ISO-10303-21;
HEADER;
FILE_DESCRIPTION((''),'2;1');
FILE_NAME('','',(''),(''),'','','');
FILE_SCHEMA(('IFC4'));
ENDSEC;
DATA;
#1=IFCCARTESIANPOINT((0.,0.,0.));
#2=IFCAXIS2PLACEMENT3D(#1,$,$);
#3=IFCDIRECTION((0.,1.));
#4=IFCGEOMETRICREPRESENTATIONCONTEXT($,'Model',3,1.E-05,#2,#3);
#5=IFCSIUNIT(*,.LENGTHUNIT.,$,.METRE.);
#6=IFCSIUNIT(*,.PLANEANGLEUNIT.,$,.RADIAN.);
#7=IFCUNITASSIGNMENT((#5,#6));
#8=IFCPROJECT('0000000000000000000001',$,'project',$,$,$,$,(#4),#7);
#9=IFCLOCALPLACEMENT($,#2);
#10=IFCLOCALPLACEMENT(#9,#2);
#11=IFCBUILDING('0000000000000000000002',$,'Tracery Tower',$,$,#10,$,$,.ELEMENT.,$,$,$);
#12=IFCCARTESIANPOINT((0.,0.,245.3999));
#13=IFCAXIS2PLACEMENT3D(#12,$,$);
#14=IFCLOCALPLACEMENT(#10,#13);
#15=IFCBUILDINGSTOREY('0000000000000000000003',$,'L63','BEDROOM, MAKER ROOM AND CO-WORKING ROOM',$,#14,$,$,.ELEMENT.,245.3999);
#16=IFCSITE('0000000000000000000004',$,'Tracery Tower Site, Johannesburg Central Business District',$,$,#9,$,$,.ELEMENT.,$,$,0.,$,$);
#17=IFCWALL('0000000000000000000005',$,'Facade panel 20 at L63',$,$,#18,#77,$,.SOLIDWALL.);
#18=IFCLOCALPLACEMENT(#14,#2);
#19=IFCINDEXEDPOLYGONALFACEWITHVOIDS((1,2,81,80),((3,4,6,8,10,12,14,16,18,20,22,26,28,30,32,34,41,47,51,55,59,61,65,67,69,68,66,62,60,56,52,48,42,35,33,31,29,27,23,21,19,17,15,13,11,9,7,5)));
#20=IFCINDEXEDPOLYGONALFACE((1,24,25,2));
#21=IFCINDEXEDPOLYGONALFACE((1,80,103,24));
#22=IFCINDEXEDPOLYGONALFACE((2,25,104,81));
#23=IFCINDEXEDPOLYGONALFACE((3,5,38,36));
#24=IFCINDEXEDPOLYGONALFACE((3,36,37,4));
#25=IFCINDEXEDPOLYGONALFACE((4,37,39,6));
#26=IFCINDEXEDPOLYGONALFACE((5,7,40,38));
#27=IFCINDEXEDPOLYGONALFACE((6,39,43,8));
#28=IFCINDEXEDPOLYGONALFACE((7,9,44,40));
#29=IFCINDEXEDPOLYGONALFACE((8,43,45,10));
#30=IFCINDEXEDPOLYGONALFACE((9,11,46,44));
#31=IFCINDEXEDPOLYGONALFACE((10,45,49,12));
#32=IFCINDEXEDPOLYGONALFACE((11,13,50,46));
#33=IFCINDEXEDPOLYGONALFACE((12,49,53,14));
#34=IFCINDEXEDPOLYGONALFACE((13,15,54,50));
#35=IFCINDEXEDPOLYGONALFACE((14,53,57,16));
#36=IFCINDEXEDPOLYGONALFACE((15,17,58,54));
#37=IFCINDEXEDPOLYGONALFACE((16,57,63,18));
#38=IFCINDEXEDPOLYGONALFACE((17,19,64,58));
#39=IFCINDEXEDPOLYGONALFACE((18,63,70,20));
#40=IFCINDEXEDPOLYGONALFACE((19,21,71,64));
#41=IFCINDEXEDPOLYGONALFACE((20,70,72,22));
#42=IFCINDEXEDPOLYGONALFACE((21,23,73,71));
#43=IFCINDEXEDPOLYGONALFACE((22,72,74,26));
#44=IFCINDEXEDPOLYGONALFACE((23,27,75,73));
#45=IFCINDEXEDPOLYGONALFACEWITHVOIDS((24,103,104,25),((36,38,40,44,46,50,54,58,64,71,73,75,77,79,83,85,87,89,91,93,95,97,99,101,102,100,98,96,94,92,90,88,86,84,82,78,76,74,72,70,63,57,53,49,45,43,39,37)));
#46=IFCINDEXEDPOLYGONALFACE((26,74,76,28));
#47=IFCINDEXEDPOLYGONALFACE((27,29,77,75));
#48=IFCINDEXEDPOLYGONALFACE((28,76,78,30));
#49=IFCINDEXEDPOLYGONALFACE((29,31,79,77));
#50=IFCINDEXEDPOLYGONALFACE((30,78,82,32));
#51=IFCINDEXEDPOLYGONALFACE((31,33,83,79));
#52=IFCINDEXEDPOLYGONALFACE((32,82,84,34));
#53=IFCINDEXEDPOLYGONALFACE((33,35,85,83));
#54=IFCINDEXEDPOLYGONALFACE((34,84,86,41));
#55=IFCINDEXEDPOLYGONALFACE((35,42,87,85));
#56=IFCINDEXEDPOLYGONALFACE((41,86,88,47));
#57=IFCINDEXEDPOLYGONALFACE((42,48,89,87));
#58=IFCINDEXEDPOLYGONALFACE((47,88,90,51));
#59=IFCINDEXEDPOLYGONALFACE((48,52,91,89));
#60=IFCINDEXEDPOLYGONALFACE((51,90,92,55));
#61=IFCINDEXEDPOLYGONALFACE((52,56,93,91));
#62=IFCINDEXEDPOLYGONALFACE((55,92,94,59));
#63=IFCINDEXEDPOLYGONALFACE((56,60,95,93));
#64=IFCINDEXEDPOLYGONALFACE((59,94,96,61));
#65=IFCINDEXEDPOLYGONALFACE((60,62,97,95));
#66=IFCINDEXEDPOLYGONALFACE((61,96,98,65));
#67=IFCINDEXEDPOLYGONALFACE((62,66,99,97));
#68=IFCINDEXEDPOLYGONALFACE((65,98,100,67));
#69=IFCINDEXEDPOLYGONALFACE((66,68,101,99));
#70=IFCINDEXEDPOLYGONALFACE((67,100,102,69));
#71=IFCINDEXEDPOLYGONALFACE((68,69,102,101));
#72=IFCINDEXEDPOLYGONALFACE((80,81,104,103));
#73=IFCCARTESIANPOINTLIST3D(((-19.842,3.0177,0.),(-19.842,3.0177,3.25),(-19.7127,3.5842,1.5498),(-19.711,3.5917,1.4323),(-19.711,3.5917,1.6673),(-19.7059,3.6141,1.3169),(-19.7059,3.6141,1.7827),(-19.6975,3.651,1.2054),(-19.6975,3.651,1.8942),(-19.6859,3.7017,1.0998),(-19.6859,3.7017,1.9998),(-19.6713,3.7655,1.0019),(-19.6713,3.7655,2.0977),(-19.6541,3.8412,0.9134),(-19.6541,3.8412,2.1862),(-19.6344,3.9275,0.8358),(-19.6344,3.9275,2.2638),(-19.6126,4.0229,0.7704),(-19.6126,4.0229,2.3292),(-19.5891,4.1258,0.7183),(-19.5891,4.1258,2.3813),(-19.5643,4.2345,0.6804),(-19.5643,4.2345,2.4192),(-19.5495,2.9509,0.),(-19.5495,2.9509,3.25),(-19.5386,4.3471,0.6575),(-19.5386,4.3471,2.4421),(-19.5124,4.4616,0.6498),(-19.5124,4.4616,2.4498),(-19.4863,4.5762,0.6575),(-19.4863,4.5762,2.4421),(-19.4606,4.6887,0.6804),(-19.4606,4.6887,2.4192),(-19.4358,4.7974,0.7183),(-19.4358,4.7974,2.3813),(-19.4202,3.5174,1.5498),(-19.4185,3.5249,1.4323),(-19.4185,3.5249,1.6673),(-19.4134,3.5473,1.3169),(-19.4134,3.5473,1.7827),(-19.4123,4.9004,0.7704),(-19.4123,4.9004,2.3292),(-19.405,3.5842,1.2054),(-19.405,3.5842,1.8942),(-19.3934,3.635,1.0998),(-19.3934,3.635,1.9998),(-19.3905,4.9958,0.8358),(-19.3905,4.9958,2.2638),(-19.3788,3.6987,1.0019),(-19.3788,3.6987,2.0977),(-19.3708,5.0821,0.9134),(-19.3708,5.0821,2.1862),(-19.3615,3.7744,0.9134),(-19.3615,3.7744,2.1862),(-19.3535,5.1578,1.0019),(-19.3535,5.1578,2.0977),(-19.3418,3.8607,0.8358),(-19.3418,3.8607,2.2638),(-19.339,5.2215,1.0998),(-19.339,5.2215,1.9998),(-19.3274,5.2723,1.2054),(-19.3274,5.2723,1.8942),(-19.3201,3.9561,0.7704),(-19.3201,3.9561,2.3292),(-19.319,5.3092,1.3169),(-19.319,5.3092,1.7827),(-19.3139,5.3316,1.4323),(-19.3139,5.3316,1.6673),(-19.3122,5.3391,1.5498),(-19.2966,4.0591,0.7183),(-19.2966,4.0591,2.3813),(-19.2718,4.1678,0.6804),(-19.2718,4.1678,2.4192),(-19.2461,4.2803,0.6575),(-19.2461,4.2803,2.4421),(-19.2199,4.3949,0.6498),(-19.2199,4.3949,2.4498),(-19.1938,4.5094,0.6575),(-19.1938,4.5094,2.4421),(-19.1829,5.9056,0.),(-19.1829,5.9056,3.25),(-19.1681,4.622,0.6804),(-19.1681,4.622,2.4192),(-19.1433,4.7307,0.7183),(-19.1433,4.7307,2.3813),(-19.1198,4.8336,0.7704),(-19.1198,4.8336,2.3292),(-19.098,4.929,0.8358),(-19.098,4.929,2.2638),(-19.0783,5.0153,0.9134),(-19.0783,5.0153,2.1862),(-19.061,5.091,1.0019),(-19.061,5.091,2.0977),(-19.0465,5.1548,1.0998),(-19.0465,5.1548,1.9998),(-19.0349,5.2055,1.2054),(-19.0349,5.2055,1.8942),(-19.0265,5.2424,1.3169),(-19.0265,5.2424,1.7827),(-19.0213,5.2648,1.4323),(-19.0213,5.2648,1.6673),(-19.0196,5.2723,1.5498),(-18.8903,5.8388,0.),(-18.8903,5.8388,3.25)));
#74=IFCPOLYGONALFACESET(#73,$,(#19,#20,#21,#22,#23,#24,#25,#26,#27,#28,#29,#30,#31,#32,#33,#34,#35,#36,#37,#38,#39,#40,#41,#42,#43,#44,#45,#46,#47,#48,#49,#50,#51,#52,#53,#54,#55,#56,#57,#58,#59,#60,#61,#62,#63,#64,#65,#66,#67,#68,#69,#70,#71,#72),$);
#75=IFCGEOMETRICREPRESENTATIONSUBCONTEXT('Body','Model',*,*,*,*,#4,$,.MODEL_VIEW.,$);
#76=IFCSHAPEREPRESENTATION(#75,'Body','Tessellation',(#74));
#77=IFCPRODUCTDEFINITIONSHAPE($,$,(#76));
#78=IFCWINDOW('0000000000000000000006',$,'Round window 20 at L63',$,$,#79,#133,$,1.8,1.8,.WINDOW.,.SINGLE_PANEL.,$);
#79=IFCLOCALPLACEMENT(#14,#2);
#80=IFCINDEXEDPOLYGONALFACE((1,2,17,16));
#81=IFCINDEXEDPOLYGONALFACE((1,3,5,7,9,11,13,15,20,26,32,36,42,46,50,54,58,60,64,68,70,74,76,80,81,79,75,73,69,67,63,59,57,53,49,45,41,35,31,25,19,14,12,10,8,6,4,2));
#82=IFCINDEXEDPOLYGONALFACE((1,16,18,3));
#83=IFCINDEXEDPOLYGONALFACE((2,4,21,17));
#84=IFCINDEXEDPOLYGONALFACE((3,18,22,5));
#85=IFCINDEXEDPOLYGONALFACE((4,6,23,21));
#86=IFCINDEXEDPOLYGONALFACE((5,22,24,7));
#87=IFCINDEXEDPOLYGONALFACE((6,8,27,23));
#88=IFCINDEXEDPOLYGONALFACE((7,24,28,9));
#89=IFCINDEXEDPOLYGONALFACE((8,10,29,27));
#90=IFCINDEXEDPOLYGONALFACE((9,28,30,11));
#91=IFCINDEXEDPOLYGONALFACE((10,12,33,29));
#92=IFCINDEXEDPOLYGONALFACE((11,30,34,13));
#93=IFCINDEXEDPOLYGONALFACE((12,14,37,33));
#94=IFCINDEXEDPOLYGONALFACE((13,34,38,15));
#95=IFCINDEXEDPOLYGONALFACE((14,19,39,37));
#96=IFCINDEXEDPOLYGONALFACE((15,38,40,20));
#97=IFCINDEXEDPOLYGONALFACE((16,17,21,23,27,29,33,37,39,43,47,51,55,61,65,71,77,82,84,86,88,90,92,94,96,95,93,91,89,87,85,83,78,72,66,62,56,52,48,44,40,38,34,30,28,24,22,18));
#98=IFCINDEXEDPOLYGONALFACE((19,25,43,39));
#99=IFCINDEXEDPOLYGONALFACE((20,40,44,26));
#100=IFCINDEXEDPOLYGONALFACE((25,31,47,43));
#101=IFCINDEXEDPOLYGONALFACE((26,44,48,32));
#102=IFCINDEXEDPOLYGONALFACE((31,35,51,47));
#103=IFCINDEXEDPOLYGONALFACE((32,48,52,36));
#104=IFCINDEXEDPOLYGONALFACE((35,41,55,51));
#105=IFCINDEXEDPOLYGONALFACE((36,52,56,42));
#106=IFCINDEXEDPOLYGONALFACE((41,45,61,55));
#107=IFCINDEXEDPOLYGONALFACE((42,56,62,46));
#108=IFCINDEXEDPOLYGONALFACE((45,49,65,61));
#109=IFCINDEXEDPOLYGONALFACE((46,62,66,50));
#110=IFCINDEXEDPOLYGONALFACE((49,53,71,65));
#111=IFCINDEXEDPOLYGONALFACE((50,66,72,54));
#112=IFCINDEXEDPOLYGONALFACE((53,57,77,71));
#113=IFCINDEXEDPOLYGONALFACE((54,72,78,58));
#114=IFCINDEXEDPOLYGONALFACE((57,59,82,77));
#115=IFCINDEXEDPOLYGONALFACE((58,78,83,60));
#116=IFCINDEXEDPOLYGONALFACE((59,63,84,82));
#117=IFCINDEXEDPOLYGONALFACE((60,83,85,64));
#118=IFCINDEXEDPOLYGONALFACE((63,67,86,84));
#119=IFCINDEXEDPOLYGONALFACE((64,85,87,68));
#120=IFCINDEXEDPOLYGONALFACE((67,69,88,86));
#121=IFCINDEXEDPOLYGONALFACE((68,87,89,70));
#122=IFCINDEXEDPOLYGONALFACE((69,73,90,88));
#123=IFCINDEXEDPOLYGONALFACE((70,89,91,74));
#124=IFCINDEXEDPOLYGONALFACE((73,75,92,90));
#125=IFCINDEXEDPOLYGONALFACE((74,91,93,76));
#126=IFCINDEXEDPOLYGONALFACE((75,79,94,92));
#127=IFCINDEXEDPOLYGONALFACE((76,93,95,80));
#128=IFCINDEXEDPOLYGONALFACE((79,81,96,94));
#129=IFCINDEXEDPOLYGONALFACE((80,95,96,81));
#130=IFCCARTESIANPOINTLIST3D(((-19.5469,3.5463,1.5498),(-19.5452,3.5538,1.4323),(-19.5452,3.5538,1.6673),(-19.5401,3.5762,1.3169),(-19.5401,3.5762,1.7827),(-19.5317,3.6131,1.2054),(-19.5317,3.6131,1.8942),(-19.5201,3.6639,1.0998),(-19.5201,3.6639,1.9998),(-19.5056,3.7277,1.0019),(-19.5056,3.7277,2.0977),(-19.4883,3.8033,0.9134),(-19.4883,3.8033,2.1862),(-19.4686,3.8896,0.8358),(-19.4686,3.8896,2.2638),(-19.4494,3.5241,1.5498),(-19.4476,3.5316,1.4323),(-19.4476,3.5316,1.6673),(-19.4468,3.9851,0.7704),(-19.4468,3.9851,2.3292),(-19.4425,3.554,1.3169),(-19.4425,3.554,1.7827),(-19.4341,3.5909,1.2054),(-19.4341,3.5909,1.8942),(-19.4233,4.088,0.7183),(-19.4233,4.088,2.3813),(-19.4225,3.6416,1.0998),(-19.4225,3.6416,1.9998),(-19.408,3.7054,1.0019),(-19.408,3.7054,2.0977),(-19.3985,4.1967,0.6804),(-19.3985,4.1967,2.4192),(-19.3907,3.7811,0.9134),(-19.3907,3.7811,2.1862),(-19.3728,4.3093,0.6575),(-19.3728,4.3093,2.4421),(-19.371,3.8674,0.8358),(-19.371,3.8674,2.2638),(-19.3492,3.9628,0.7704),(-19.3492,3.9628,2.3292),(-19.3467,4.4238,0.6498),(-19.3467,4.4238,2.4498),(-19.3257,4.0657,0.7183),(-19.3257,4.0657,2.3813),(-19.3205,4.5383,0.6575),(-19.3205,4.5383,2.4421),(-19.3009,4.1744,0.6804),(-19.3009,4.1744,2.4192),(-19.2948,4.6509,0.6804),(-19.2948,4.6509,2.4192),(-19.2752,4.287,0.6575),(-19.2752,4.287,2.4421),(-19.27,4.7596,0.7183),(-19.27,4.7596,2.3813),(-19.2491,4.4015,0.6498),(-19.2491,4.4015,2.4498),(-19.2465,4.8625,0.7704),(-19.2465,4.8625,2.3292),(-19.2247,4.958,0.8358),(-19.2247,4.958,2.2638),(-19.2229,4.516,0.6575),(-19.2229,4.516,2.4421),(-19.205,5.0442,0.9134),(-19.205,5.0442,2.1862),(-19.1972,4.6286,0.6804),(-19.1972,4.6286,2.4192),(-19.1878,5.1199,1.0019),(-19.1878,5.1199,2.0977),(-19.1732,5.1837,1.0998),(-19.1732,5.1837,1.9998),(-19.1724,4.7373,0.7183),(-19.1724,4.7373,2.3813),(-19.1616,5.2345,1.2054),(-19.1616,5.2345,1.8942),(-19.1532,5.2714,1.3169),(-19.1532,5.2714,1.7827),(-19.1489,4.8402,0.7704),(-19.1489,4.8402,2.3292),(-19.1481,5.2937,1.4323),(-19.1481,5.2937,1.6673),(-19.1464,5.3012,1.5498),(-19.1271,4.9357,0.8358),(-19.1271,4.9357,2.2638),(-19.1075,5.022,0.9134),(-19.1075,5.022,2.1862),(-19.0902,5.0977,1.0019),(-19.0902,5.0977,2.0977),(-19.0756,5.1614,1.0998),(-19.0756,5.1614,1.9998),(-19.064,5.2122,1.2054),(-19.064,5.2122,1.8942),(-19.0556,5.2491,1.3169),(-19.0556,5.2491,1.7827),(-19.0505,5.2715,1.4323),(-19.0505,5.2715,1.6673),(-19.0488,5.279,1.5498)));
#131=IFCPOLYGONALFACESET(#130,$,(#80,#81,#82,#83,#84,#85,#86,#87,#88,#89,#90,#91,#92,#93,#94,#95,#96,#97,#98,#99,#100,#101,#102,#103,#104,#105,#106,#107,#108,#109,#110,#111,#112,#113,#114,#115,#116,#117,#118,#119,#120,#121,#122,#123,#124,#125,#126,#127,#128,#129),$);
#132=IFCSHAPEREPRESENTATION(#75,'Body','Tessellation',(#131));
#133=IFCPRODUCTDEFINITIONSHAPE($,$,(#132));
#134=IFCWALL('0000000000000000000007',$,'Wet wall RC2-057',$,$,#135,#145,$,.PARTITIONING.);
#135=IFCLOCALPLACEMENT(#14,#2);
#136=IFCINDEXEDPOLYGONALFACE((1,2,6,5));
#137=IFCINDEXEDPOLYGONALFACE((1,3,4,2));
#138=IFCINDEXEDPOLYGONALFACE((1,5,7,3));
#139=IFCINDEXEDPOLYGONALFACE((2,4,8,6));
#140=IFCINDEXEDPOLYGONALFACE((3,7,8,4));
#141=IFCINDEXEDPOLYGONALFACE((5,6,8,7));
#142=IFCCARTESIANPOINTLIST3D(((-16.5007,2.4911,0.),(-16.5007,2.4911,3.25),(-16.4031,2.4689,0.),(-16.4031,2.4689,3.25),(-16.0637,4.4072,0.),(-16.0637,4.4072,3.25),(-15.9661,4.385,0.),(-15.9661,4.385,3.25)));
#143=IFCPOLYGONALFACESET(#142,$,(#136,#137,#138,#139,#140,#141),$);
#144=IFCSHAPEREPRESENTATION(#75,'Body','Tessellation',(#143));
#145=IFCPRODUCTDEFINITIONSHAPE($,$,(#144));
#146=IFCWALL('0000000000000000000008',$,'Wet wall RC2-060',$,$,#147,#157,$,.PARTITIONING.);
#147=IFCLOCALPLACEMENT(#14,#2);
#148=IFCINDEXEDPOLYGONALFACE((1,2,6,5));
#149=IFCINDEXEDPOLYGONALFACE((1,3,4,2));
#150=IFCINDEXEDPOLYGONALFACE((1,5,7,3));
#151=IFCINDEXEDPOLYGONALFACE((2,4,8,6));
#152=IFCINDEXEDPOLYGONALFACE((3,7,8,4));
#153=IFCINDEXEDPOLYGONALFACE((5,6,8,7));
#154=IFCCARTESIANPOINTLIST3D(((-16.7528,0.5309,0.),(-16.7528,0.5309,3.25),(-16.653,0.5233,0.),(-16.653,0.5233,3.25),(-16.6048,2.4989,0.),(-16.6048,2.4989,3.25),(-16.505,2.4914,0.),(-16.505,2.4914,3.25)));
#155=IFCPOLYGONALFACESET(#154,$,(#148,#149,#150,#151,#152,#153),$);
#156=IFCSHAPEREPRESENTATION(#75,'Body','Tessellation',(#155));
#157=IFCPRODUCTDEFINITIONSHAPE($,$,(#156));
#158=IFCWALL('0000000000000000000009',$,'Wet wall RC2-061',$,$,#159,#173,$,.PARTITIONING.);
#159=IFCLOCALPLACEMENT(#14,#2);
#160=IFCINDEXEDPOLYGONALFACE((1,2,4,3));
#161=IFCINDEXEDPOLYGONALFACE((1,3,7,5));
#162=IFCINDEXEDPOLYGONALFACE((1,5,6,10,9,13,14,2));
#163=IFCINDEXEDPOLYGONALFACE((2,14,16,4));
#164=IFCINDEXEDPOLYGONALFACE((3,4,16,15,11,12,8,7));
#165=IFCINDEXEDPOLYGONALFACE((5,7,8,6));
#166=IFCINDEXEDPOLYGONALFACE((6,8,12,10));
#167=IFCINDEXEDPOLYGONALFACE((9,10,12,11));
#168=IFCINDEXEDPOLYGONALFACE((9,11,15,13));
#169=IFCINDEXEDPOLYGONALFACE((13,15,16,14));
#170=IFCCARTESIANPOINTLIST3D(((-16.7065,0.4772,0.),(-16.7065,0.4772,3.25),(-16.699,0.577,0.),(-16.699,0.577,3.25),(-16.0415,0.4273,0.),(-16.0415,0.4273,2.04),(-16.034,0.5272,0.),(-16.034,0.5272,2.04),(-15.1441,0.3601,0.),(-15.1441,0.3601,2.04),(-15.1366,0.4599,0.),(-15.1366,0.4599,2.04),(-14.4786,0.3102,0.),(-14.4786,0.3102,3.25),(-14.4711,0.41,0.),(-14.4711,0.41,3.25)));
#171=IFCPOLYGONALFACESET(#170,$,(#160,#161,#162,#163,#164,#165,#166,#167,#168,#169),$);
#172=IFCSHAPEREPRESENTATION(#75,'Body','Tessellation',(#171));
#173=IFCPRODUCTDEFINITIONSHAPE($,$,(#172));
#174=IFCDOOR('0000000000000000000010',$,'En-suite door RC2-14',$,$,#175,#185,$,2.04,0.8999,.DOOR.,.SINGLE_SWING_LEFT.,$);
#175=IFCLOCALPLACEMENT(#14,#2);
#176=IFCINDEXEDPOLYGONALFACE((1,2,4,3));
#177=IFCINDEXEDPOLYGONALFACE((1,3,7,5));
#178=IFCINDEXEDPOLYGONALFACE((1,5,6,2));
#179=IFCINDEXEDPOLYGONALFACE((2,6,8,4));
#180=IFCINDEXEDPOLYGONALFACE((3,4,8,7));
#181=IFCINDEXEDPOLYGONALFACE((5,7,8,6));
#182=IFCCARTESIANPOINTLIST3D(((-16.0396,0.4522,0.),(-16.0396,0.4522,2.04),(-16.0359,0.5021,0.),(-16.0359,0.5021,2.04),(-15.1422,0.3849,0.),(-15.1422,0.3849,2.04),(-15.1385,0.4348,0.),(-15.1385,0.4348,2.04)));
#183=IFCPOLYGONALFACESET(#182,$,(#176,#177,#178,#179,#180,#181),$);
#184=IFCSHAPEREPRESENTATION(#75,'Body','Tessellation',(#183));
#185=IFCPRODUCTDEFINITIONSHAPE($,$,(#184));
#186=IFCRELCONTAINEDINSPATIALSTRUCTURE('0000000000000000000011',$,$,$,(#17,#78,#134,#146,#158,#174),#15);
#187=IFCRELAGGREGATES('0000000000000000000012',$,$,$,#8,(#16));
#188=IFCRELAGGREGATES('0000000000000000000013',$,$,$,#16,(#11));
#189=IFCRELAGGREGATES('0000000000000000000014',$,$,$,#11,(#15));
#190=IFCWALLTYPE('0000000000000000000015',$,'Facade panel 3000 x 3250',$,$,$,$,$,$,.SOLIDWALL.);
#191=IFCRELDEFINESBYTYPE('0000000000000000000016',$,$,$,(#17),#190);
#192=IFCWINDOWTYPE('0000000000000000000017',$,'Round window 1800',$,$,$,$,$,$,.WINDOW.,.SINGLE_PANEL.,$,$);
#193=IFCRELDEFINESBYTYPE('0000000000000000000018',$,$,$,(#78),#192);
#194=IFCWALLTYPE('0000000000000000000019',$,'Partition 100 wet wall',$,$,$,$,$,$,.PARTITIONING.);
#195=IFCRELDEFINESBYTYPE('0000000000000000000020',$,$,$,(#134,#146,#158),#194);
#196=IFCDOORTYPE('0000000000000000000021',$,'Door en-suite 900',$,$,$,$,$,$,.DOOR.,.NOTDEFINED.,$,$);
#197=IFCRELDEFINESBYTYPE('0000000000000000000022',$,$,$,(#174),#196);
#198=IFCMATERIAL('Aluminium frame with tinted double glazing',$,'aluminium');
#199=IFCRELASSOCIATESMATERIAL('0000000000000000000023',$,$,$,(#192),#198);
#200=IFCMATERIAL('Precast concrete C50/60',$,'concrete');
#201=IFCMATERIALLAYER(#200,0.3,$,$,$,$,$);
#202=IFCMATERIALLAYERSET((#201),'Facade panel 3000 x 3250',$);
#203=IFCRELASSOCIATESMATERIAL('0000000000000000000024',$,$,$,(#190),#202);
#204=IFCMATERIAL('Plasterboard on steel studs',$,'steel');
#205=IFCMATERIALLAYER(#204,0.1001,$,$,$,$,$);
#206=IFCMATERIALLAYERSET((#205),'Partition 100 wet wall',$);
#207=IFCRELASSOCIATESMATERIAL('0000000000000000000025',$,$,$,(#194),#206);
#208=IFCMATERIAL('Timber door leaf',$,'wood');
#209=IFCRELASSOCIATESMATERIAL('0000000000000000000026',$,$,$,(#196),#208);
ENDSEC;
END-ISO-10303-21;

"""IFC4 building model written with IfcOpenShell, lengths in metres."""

from ifc_helpers import new_model, si_unit, direction, frame, frame_2d, origin, origin_2d, place, context, subcontext, project, spatial, rectangle, circle, extrude, material, layer, layer_set, type_object, element, fill, save


model = new_model("IFC4")

# Units and contexts
model_context = context("Model", 3, precision=1e-05, world=origin(), true_north=direction((0.0, 1.0)))
body_context = subcontext(model_context, "Body", "Model", "MODEL_VIEW")
ifc_project = project(units=[si_unit("LENGTHUNIT", "METRE"), si_unit("PLANEANGLEUNIT", "RADIAN")], contexts=[model_context])

# Site, building, storey
site_placement = place(None, origin())
site = spatial("IfcSite", under=ifc_project, at=site_placement, Name="Tracery Tower Site, Johannesburg Central Business District", CompositionType="ELEMENT", RefElevation=0.0)
building_placement = place(site_placement, origin())
building = spatial("IfcBuilding", under=site, at=building_placement, Name="Tracery Tower", CompositionType="ELEMENT")
storey_placement = place(building_placement, frame((0.0, 0.0, 245.3999)))
storey = spatial("IfcBuildingStorey", under=building, at=storey_placement, Name="L63", Description="BEDROOM, MAKER ROOM AND CO-WORKING ROOM", CompositionType="ELEMENT", Elevation=245.3999)

# Wall, opening, window
ifc_material_1 = material(Name="Aluminium frame with tinted double glazing", Category="aluminium")
window_type = type_object("IfcWindowType", Name="Round window 1800", PartitioningType="SINGLE_PANEL", PredefinedType="WINDOW", material=ifc_material_1)
ifc_material_2 = material(Name="Precast concrete C50/60", Category="concrete")
ifc_layer_1 = layer(ifc_material_2, 0.3)
ifc_layer_set_1 = layer_set([ifc_layer_1], Name="Facade panel 3000 x 3250")
wall_type_1 = type_object("IfcWallType", Name="Facade panel 3000 x 3250", PredefinedType="SOLIDWALL", material=ifc_layer_set_1)
wall_1_placement = place(storey_placement, frame((-19.0366, 5.8721, 0.0), z_axis=(0.0, 0.0, 1.0), x_axis=(-0.222529, -0.974926, 0.0)))
wall_1 = element("IfcWall", 1, at=wall_1_placement, inside=storey, type_object=wall_type_1, Name="Facade panel 20 at L63", PredefinedType="SOLIDWALL", context=body_context, shape_type="SweptSolid", body=[
    extrude(rectangle(XDim=2.9622, YDim=0.3, at=frame_2d((1.481, 0.0))), origin(), (0.0, 0.0, 1.0), 3.25),
])
opening_1_placement = place(wall_1_placement, frame((1.481, 0.0, 1.5498)))
opening_1 = element("IfcOpeningElement", 2, at=opening_1_placement, cuts=wall_1, PredefinedType="OPENING", context=body_context, shape_type="SweptSolid", body=[
    extrude(circle(Radius=0.9, at=origin_2d()), frame((0.0, 0.1599, 0.0), z_axis=(0.0, -1.0, 0.0), x_axis=(1.0, 0.0, 0.0)), (0.0, 0.0, 1.0), 0.3201),
])
window_1_placement = place(opening_1_placement, origin())
window_1 = element("IfcWindow", 3, at=window_1_placement, inside=storey, type_object=window_type, Name="Round window 20 at L63", OverallHeight=1.8, OverallWidth=1.8, PartitioningType="SINGLE_PANEL", PredefinedType="WINDOW", context=body_context, shape_type="SweptSolid", body=[
    extrude(circle(Radius=0.9, at=origin_2d()), frame((0.0, 0.1201, 0.0), z_axis=(0.0, -1.0, 0.0), x_axis=(1.0, 0.0, 0.0)), (0.0, 0.0, 1.0), 0.1001),
])
fill(opening_1, window_1)

# Walls
ifc_material_3 = material(Name="Plasterboard on steel studs", Category="steel")
ifc_layer_2 = layer(ifc_material_3, 0.1001)
ifc_layer_set_2 = layer_set([ifc_layer_2], Name="Partition 100 wet wall")
wall_type_2 = type_object("IfcWallType", Name="Partition 100 wet wall", PredefinedType="PARTITIONING", material=ifc_layer_set_2)
wall_2_placement = place(storey_placement, frame((-16.4519, 2.48, 0.0), z_axis=(0.0, 0.0, 1.0), x_axis=(0.222373, 0.974962, 0.0)))
element("IfcWall", 4, at=wall_2_placement, inside=storey, type_object=wall_type_2, Name="Wet wall RC2-057", PredefinedType="PARTITIONING", context=body_context, shape_type="SweptSolid", body=[
    extrude(rectangle(XDim=1.9653, YDim=0.1001, at=frame_2d((0.9827, 0.0))), origin(), (0.0, 0.0, 1.0), 3.25),
])
wall_3_placement = place(storey_placement, frame((-16.7029, 0.5271, 0.0), z_axis=(0.0, 0.0, 1.0), x_axis=(0.074965, 0.997186, 0.0)))
element("IfcWall", 5, at=wall_3_placement, inside=storey, type_object=wall_type_2, Name="Wet wall RC2-060", PredefinedType="PARTITIONING", context=body_context, shape_type="SweptSolid", body=[
    extrude(rectangle(XDim=1.9736, YDim=0.1001, at=frame_2d((0.9868, 0.0))), origin(), (0.0, 0.0, 1.0), 3.25),
])

# Wall, opening, door
wall_4_placement = place(storey_placement, frame((-16.7029, 0.5271, 0.0), z_axis=(0.0, 0.0, 1.0), x_axis=(0.997202, -0.074749, 0.0)))
wall_4 = element("IfcWall", 6, at=wall_4_placement, inside=storey, type_object=wall_type_2, Name="Wet wall RC2-061", PredefinedType="PARTITIONING", context=body_context, shape_type="SweptSolid", body=[
    extrude(rectangle(XDim=2.2341, YDim=0.1001, at=frame_2d((1.1172, 0.0))), origin(), (0.0, 0.0, 1.0), 3.25),
])
opening_2_placement = place(wall_4_placement, frame((0.667, 0.0, 0.0)))
opening_2 = element("IfcOpeningElement", 7, at=opening_2_placement, cuts=wall_4, PredefinedType="OPENING", context=body_context, shape_type="SweptSolid", body=[
    extrude(rectangle(XDim=0.8999, YDim=2.04, at=frame_2d((0.45, 1.02))), frame((0.0, 0.05, 0.0), z_axis=(0.0, -1.0, 0.0), x_axis=(1.0, 0.0, 0.0)), (0.0, 0.0, 1.0), 0.1001),
])
ifc_material_4 = material(Name="Timber door leaf", Category="wood")
door_type = type_object("IfcDoorType", Name="Door en-suite 900", OperationType="NOTDEFINED", PredefinedType="DOOR", material=ifc_material_4)
door_placement = place(opening_2_placement, origin())
door = element("IfcDoor", 8, at=door_placement, inside=storey, type_object=door_type, Name="En-suite door RC2-14", OperationType="SINGLE_SWING_LEFT", OverallHeight=2.04, OverallWidth=0.8999, PredefinedType="DOOR", context=body_context, shape_type="SweptSolid", body=[
    extrude(rectangle(XDim=0.8999, YDim=2.04, at=frame_2d((0.45, 1.02))), frame((0.0, 0.0249, 0.0), z_axis=(0.0, -1.0, 0.0), x_axis=(1.0, 0.0, 0.0)), (0.0, 0.0, 1.0), 0.05),
])
fill(opening_2, door)

save(model, "model.ifc")
